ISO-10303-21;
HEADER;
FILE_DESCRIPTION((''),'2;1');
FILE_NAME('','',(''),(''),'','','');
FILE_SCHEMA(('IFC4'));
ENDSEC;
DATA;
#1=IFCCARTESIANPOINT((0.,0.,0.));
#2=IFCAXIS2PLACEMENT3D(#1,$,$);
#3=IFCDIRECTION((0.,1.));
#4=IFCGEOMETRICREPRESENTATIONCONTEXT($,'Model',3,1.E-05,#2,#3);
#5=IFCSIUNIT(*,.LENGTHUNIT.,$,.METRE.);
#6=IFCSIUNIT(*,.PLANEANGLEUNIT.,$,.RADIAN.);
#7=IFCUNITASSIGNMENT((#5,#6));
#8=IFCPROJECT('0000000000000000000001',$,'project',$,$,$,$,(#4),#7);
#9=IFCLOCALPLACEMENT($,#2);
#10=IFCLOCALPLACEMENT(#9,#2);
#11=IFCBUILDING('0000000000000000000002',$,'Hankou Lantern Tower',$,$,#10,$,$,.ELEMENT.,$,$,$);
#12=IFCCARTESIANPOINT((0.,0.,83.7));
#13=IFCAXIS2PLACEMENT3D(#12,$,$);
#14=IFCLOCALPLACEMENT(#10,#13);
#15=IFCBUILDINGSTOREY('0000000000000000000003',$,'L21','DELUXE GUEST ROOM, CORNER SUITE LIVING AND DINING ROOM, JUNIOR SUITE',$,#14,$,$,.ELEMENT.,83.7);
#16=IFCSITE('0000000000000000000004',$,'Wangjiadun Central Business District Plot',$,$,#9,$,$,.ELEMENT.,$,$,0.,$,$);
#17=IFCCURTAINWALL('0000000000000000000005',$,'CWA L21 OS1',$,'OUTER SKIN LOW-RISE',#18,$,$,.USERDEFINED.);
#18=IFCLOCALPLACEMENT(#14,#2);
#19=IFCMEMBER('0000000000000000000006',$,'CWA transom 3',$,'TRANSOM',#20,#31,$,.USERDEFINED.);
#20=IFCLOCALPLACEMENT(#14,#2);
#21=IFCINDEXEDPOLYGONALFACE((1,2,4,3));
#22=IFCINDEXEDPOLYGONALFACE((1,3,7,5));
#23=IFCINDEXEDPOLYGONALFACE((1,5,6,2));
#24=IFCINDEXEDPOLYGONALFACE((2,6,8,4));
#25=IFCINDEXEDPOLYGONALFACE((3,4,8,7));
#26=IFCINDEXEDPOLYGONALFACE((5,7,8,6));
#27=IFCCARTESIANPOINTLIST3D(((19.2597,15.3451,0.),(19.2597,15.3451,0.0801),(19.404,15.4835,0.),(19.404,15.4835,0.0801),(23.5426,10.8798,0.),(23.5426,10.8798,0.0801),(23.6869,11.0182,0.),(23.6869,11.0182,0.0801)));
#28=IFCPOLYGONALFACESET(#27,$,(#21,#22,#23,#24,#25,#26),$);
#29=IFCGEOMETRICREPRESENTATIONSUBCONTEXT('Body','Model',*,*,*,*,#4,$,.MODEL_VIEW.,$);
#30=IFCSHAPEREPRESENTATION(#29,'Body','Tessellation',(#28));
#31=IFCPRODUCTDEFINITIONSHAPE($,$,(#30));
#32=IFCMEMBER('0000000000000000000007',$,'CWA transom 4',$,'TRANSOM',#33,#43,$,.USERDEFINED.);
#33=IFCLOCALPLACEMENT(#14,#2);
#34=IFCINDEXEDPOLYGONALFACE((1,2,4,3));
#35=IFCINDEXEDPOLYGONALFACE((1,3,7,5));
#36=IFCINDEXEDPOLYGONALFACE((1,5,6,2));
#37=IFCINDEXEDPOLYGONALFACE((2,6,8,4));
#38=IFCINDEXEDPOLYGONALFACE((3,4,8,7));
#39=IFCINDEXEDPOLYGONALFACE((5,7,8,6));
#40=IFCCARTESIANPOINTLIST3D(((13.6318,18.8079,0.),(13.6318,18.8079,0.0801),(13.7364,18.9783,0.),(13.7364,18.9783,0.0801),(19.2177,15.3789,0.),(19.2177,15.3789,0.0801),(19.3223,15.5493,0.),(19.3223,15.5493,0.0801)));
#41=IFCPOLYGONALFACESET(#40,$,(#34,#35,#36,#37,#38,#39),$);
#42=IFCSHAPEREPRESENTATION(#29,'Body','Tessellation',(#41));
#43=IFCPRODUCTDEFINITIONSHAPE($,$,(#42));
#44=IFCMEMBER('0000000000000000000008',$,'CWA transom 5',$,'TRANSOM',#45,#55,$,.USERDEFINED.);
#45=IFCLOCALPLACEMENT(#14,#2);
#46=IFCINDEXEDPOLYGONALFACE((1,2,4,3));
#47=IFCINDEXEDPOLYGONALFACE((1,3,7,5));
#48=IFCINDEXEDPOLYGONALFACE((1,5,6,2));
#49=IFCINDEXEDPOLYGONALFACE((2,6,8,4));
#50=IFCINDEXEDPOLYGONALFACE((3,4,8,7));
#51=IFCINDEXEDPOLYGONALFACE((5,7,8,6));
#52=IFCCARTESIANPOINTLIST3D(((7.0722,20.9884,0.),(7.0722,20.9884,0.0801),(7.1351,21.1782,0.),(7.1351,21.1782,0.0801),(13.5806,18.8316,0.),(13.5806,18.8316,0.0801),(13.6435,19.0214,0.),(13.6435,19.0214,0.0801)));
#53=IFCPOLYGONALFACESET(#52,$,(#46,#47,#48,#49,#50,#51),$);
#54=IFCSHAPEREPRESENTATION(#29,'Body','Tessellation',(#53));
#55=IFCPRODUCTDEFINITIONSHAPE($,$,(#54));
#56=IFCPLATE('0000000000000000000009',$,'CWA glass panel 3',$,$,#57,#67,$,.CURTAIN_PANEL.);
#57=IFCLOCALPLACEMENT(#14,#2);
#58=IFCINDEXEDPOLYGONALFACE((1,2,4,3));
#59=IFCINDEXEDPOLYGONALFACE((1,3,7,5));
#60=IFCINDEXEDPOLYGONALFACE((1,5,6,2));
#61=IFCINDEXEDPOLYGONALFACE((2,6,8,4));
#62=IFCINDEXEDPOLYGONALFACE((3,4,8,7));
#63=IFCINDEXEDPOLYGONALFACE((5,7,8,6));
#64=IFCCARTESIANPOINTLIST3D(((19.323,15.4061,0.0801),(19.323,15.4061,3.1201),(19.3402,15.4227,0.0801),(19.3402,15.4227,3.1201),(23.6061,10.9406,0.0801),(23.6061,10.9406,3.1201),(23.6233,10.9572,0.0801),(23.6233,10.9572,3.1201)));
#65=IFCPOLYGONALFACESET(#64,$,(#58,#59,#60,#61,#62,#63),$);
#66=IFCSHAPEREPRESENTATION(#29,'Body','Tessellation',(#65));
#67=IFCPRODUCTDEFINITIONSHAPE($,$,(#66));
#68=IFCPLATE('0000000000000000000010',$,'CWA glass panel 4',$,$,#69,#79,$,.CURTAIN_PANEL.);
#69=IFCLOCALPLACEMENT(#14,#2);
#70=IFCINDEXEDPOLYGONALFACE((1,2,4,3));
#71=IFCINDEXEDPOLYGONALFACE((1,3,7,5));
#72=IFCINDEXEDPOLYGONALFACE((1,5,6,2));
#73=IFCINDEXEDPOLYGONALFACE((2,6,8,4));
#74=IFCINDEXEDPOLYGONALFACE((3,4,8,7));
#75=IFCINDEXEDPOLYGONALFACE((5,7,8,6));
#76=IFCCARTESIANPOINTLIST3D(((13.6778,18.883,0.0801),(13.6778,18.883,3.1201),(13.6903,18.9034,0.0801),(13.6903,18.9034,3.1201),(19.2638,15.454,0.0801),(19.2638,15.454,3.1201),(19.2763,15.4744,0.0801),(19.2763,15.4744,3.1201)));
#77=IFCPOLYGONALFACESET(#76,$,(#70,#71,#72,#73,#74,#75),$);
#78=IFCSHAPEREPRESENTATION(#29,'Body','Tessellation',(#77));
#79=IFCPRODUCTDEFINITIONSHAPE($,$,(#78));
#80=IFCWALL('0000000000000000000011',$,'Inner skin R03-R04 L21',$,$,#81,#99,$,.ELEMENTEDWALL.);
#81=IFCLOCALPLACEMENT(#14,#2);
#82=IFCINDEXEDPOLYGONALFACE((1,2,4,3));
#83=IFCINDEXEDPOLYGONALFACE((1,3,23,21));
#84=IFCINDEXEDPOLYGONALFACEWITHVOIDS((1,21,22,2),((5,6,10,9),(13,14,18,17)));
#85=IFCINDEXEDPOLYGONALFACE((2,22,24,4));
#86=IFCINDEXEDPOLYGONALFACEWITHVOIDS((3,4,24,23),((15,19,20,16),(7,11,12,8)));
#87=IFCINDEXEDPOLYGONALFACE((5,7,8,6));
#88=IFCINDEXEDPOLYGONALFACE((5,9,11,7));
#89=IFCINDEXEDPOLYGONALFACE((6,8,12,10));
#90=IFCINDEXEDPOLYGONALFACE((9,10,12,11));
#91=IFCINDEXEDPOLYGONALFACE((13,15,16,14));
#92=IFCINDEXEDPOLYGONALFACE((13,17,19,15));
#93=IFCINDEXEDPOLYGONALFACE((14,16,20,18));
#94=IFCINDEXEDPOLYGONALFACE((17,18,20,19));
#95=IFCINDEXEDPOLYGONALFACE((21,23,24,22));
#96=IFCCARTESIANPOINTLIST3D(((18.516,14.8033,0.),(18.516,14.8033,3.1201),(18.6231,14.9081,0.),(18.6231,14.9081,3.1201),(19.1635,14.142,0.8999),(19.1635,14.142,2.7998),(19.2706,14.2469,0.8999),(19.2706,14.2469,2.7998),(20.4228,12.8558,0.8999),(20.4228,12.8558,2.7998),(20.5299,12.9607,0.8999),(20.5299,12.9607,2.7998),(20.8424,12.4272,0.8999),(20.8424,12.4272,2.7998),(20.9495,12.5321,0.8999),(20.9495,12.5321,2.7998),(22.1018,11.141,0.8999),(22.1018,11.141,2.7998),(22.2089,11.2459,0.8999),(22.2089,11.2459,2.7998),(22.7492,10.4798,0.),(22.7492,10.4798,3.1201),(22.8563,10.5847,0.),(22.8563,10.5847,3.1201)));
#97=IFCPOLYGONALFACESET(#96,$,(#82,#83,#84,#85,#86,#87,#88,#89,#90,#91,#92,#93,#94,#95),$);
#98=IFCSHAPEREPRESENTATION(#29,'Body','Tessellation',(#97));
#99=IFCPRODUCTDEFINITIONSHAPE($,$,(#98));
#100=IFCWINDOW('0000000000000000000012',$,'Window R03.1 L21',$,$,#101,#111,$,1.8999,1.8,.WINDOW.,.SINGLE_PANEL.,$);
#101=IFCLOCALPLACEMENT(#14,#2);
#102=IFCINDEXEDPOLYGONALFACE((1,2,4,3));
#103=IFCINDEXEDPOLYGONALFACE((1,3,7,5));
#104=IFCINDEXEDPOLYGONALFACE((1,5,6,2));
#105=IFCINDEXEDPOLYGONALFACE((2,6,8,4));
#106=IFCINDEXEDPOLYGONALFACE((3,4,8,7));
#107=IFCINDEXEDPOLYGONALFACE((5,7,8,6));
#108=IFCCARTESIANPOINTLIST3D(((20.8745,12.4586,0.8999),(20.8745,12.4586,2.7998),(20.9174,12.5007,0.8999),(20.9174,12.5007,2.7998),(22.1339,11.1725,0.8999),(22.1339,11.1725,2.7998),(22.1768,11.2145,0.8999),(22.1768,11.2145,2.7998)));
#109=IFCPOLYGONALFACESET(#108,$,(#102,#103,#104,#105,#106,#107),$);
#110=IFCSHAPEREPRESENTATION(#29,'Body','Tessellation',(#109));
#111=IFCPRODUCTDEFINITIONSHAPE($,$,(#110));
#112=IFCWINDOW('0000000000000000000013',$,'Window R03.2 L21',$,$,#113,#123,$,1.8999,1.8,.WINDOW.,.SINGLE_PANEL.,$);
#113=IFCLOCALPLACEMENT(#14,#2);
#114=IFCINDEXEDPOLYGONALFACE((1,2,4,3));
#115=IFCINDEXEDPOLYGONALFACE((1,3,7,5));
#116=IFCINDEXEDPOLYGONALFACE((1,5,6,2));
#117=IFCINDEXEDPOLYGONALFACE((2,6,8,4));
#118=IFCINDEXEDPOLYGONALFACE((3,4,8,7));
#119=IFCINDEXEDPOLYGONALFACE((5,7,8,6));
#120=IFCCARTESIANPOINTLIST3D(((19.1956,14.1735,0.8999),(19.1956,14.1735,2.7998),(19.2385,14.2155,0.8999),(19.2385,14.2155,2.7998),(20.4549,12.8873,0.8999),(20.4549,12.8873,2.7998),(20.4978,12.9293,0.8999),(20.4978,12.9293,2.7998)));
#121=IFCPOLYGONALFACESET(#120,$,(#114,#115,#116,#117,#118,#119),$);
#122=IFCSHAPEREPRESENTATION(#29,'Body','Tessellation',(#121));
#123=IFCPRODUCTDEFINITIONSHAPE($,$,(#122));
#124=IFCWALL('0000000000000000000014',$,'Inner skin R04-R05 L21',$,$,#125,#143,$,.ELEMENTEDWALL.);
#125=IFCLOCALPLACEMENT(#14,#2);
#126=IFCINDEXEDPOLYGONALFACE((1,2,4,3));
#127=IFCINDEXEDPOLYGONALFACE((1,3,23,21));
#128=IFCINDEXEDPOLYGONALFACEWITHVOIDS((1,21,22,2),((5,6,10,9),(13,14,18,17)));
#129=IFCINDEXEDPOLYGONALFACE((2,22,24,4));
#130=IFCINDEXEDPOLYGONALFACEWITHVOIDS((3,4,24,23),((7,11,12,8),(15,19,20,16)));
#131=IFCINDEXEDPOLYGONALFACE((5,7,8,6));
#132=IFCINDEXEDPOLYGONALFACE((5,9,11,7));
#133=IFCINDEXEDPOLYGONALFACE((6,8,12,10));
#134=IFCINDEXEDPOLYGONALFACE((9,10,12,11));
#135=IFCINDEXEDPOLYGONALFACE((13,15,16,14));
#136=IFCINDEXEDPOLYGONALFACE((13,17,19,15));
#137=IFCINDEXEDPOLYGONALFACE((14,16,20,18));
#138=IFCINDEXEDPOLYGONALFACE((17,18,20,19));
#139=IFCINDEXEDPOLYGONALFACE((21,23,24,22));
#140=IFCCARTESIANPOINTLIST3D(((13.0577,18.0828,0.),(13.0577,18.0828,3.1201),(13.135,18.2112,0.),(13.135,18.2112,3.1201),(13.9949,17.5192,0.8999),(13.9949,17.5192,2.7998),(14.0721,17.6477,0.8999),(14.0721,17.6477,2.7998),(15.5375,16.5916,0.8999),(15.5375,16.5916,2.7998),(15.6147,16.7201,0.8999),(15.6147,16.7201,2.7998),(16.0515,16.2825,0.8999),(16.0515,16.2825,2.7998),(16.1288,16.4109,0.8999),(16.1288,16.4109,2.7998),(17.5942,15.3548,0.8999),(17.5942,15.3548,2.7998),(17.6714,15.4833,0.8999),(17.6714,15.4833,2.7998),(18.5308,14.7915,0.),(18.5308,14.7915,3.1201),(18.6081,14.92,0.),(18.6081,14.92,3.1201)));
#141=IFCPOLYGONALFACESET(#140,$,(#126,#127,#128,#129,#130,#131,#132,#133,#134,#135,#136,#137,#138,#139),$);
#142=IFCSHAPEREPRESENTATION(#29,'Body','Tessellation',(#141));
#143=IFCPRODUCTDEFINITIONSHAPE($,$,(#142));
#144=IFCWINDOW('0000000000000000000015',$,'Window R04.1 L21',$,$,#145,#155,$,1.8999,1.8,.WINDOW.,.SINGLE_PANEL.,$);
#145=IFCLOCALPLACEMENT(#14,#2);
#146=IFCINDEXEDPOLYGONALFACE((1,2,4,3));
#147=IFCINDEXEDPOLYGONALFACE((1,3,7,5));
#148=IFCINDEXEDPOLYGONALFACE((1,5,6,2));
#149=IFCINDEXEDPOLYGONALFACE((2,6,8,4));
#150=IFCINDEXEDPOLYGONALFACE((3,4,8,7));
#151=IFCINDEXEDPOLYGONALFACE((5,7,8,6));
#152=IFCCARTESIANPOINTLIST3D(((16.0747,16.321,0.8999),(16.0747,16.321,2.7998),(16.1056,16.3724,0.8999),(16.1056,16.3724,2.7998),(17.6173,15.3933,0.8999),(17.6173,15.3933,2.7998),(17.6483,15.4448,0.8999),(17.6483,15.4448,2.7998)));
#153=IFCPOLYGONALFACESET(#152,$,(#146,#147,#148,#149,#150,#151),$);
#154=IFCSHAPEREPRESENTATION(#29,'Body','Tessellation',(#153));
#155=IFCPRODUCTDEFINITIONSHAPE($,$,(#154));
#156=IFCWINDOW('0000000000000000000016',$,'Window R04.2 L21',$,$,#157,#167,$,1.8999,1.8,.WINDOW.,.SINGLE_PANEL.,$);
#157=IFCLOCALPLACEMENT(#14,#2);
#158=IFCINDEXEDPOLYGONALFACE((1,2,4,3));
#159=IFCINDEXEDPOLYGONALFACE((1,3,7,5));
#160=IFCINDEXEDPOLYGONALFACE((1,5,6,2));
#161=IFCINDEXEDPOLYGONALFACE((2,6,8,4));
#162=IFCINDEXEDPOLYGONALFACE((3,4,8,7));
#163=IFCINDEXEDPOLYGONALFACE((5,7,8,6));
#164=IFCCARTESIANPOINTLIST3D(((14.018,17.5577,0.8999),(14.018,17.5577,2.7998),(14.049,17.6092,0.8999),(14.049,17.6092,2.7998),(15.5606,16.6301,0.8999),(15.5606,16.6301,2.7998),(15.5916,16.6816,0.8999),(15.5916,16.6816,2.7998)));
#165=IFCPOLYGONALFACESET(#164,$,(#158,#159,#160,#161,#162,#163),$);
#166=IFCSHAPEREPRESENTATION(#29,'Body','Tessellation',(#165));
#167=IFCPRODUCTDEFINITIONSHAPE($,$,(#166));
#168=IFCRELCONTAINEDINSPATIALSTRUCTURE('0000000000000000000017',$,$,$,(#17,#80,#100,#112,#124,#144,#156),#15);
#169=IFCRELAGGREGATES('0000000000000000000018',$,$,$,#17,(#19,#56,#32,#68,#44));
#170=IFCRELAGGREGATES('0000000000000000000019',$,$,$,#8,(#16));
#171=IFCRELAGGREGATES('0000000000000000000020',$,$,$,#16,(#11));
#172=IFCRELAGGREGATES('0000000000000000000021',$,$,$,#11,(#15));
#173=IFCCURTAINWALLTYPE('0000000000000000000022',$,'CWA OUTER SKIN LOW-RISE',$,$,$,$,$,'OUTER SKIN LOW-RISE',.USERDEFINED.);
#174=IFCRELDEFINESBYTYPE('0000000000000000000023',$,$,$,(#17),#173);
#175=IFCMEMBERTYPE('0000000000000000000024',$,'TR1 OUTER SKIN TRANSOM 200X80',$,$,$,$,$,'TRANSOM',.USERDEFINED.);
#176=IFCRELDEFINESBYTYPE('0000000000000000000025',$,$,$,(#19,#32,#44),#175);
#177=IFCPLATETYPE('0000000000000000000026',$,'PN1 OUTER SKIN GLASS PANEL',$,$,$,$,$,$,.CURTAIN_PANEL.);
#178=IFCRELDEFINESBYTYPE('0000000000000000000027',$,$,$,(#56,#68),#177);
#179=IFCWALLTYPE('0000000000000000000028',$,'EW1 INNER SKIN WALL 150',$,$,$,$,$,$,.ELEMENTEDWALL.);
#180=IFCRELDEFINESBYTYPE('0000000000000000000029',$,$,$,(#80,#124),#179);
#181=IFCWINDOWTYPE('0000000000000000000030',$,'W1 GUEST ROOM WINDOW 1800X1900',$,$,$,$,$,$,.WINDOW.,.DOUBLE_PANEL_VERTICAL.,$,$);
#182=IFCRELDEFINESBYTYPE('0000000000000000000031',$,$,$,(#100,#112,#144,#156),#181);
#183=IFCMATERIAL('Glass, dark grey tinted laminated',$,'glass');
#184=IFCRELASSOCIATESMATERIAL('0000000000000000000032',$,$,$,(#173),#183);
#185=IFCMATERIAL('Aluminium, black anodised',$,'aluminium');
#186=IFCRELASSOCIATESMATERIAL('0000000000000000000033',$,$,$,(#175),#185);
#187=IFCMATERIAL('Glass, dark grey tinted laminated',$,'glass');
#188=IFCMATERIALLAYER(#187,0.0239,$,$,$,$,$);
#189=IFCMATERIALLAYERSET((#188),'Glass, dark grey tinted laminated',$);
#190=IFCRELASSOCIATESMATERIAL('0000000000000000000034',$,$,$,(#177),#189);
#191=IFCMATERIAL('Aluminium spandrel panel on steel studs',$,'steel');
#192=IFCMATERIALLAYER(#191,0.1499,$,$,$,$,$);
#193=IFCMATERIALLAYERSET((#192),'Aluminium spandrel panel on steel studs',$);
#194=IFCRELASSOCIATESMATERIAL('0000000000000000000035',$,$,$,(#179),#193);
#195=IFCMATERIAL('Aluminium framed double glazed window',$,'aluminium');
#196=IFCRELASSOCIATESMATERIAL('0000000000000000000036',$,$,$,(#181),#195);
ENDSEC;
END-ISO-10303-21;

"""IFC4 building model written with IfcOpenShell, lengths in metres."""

from ifc_helpers import new_model, si_unit, direction, frame, frame_2d, origin, origin_2d, place, context, subcontext, project, spatial, rectangle, extrude, material, layer, layer_set, material_profile, profile_set, type_object, element, fill, aggregate, save


model = new_model("IFC4")

# Units and contexts
model_context = context("Model", 3, precision=1e-05, world=origin(), true_north=direction((0.0, 1.0)))
body_context = subcontext(model_context, "Body", "Model", "MODEL_VIEW")
ifc_project = project(units=[si_unit("LENGTHUNIT", "METRE"), si_unit("PLANEANGLEUNIT", "RADIAN")], contexts=[model_context])

# Site, building, storey
site_placement = place(None, origin())
site = spatial("IfcSite", under=ifc_project, at=site_placement, Name="Wangjiadun Central Business District Plot", CompositionType="ELEMENT", RefElevation=0.0)
building_placement = place(site_placement, origin())
building = spatial("IfcBuilding", under=site, at=building_placement, Name="Hankou Lantern Tower", CompositionType="ELEMENT")
storey_placement = place(building_placement, frame((0.0, 0.0, 83.7)))
storey = spatial("IfcBuildingStorey", under=building, at=storey_placement, Name="L21", Description="DELUXE GUEST ROOM, CORNER SUITE LIVING AND DINING ROOM, JUNIOR SUITE", CompositionType="ELEMENT", Elevation=83.7)

# Curtain wall
ifc_material_1 = material(Name="Glass, dark grey tinted laminated", Category="glass")
curtain_wall_type = type_object("IfcCurtainWallType", Name="CWA OUTER SKIN LOW-RISE", ElementType="OUTER SKIN LOW-RISE", PredefinedType="USERDEFINED", material=ifc_material_1)
curtain_wall_placement = place(storey_placement, origin())
curtain_wall = element("IfcCurtainWall", 1, at=curtain_wall_placement, inside=storey, type_object=curtain_wall_type, Name="CWA L21 OS1", ObjectType="OUTER SKIN LOW-RISE", PredefinedType="USERDEFINED")

# Members
ifc_material_2 = material(Name="Aluminium, black anodised", Category="aluminium")
ifc_material_profile_1 = material_profile(ifc_material_2, rectangle(XDim=0.2, YDim=0.0801, at=origin_2d()), Name="TR1 200X80")
ifc_profile_set_1 = profile_set([ifc_material_profile_1], Name="Aluminium, black anodised")
member_type_1 = type_object("IfcMemberType", Name="TR1 OUTER SKIN TRANSOM 200X80", ElementType="TRANSOM", PredefinedType="USERDEFINED", material=ifc_profile_set_1)
member_1_placement = place(storey_placement, frame((23.6147, 10.949, 0.04), z_axis=(-0.692216, 0.721691, 0.0), x_axis=(-0.721691, -0.692216, 0.0)))
member_1 = element("IfcMember", 2, at=member_1_placement, type_object=member_type_1, Name="CWA transom 3", ObjectType="TRANSOM", PredefinedType="USERDEFINED", context=body_context, shape_type="SweptSolid", body=[
    extrude(rectangle(XDim=0.2, YDim=0.0801, at=origin_2d()), origin(), (0.0, 0.0, 1.0), 6.1873),
])
member_2_placement = place(storey_placement, frame((19.27, 15.4641, 0.04), z_axis=(-0.85224, 0.523152, 0.0), x_axis=(-0.523152, -0.85224, 0.0)))
member_2 = element("IfcMember", 3, at=member_2_placement, type_object=member_type_1, Name="CWA transom 4", ObjectType="TRANSOM", PredefinedType="USERDEFINED", context=body_context, shape_type="SweptSolid", body=[
    extrude(rectangle(XDim=0.2, YDim=0.0801, at=origin_2d()), origin(), (0.0, 0.0, 1.0), 6.5544),
])
member_3_placement = place(storey_placement, frame((13.6121, 18.9265, 0.04), z_axis=(-0.949237, 0.314561, 0.0), x_axis=(-0.314561, -0.949237, 0.0)))
member_3 = element("IfcMember", 4, at=member_3_placement, type_object=member_type_1, Name="CWA transom 5", ObjectType="TRANSOM", PredefinedType="USERDEFINED", context=body_context, shape_type="SweptSolid", body=[
    extrude(rectangle(XDim=0.2, YDim=0.0801, at=origin_2d()), origin(), (0.0, 0.0, 1.0), 6.8564),
])

# Plates
ifc_material_3 = material(Name="Glass, dark grey tinted laminated", Category="glass")
ifc_layer_1 = layer(ifc_material_3, 0.0239)
ifc_layer_set_1 = layer_set([ifc_layer_1], Name="Glass, dark grey tinted laminated")
plate_type = type_object("IfcPlateType", Name="PN1 OUTER SKIN GLASS PANEL", PredefinedType="CURTAIN_PANEL", material=ifc_layer_set_1)
plate_1_placement = place(storey_placement, frame((21.4731, 13.1816, 0.0801), z_axis=(0.0, 0.0, 1.0), x_axis=(-0.692216, 0.721691, 0.0)))
plate_1 = element("IfcPlate", 5, at=plate_1_placement, type_object=plate_type, Name="CWA glass panel 3", PredefinedType="CURTAIN_PANEL", context=body_context, shape_type="SweptSolid", body=[
    extrude(rectangle(XDim=6.1875, YDim=0.0239, at=origin_2d()), origin(), (0.0, 0.0, 1.0), 3.04),
])
plate_2_placement = place(storey_placement, frame((16.4771, 17.1787, 0.0801), z_axis=(0.0, 0.0, 1.0), x_axis=(-0.852237, 0.523156, 0.0)))
plate_2 = element("IfcPlate", 6, at=plate_2_placement, type_object=plate_type, Name="CWA glass panel 4", PredefinedType="CURTAIN_PANEL", context=body_context, shape_type="SweptSolid", body=[
    extrude(rectangle(XDim=6.5544, YDim=0.0239, at=origin_2d()), origin(), (0.0, 0.0, 1.0), 3.04),
])
aggregate(curtain_wall, [member_1, plate_1, member_2, plate_2, member_3])

# Walls, openings, windows
ifc_material_4 = material(Name="Aluminium spandrel panel on steel studs", Category="steel")
ifc_layer_2 = layer(ifc_material_4, 0.1499)
ifc_layer_set_2 = layer_set([ifc_layer_2], Name="Aluminium spandrel panel on steel studs")
wall_type_1 = type_object("IfcWallType", Name="EW1 INNER SKIN WALL 150", PredefinedType="ELEMENTEDWALL", material=ifc_layer_set_2)
wall_1_placement = place(storey_placement, frame((22.8027, 10.5322, 0.0), z_axis=(0.0, 0.0, 1.0), x_axis=(-0.699603, 0.714532, 0.0)))
wall_1 = element("IfcWall", 7, at=wall_1_placement, inside=storey, type_object=wall_type_1, Name="Inner skin R03-R04 L21", PredefinedType="ELEMENTEDWALL", context=body_context, shape_type="SweptSolid", body=[
    extrude(rectangle(XDim=6.0508, YDim=0.1499, at=frame_2d((3.0254, 0.0))), origin(), (0.0, 0.0, 1.0), 3.1201),
])
opening_1_placement = place(wall_1_placement, frame((0.9255, 0.0, 0.8999)))
opening_1 = element("IfcOpeningElement", 8, at=opening_1_placement, cuts=wall_1, PredefinedType="OPENING", context=body_context, shape_type="SweptSolid", body=[
    extrude(rectangle(XDim=1.8, YDim=1.8999, at=frame_2d((0.8999, 0.95))), frame((0.0, 0.085, 0.0), z_axis=(0.0, -1.0, 0.0), x_axis=(1.0, 0.0, 0.0)), (0.0, 0.0, 1.0), 0.1699),
])
opening_2_placement = place(wall_1_placement, frame((3.3254, 0.0, 0.8999)))
opening_2 = element("IfcOpeningElement", 9, at=opening_2_placement, cuts=wall_1, PredefinedType="OPENING", context=body_context, shape_type="SweptSolid", body=[
    extrude(rectangle(XDim=1.8, YDim=1.8999, at=frame_2d((0.8999, 0.95))), frame((0.0, 0.085, 0.0), z_axis=(0.0, -1.0, 0.0), x_axis=(1.0, 0.0, 0.0)), (0.0, 0.0, 1.0), 0.1699),
])
ifc_material_5 = material(Name="Aluminium framed double glazed window", Category="aluminium")
window_type = type_object("IfcWindowType", Name="W1 GUEST ROOM WINDOW 1800X1900", PartitioningType="DOUBLE_PANEL_VERTICAL", PredefinedType="WINDOW", material=ifc_material_5)
window_1_placement = place(opening_1_placement, origin())
window_1 = element("IfcWindow", 10, at=window_1_placement, inside=storey, type_object=window_type, Name="Window R03.1 L21", OverallHeight=1.8999, OverallWidth=1.8, PartitioningType="SINGLE_PANEL", PredefinedType="WINDOW", context=body_context, shape_type="SweptSolid", body=[
    extrude(rectangle(XDim=1.8, YDim=1.8999, at=frame_2d((0.8999, 0.95))), frame((0.0, 0.03, 0.0), z_axis=(0.0, -1.0, 0.0), x_axis=(1.0, 0.0, 0.0)), (0.0, 0.0, 1.0), 0.0601),
])
fill(opening_1, window_1)
window_2_placement = place(opening_2_placement, origin())
window_2 = element("IfcWindow", 11, at=window_2_placement, inside=storey, type_object=window_type, Name="Window R03.2 L21", OverallHeight=1.8999, OverallWidth=1.8, PartitioningType="SINGLE_PANEL", PredefinedType="WINDOW", context=body_context, shape_type="SweptSolid", body=[
    extrude(rectangle(XDim=1.8, YDim=1.8999, at=frame_2d((0.8999, 0.95))), frame((0.0, 0.03, 0.0), z_axis=(0.0, -1.0, 0.0), x_axis=(1.0, 0.0, 0.0)), (0.0, 0.0, 1.0), 0.0601),
])
fill(opening_2, window_2)
wall_2_placement = place(storey_placement, frame((18.5696, 14.8557, 0.0), z_axis=(0.0, 0.0, 1.0), x_axis=(-0.856983, 0.515344, 0.0)))
wall_2 = element("IfcWall", 12, at=wall_2_placement, inside=storey, type_object=wall_type_1, Name="Inner skin R04-R05 L21", PredefinedType="ELEMENTEDWALL", context=body_context, shape_type="SweptSolid", body=[
    extrude(rectangle(XDim=6.3865, YDim=0.1499, at=frame_2d((3.1934, 0.0))), origin(), (0.0, 0.0, 1.0), 3.1201),
])
opening_3_placement = place(wall_2_placement, frame((1.0933, 0.0, 0.8999)))
opening_3 = element("IfcOpeningElement", 13, at=opening_3_placement, cuts=wall_2, PredefinedType="OPENING", context=body_context, shape_type="SweptSolid", body=[
    extrude(rectangle(XDim=1.8, YDim=1.8999, at=frame_2d((0.8999, 0.95))), frame((0.0, 0.085, 0.0), z_axis=(0.0, -1.0, 0.0), x_axis=(1.0, 0.0, 0.0)), (0.0, 0.0, 1.0), 0.1699),
])
opening_4_placement = place(wall_2_placement, frame((3.4932, 0.0, 0.8999)))
opening_4 = element("IfcOpeningElement", 14, at=opening_4_placement, cuts=wall_2, PredefinedType="OPENING", context=body_context, shape_type="SweptSolid", body=[
    extrude(rectangle(XDim=1.8, YDim=1.8999, at=frame_2d((0.8999, 0.95))), frame((0.0, 0.085, 0.0), z_axis=(0.0, -1.0, 0.0), x_axis=(1.0, 0.0, 0.0)), (0.0, 0.0, 1.0), 0.1699),
])
window_3_placement = place(opening_3_placement, origin())
window_3 = element("IfcWindow", 15, at=window_3_placement, inside=storey, type_object=window_type, Name="Window R04.1 L21", OverallHeight=1.8999, OverallWidth=1.8, PartitioningType="SINGLE_PANEL", PredefinedType="WINDOW", context=body_context, shape_type="SweptSolid", body=[
    extrude(rectangle(XDim=1.8, YDim=1.8999, at=frame_2d((0.8999, 0.95))), frame((0.0, 0.03, 0.0), z_axis=(0.0, -1.0, 0.0), x_axis=(1.0, 0.0, 0.0)), (0.0, 0.0, 1.0), 0.0601),
])
fill(opening_3, window_3)
window_4_placement = place(opening_4_placement, origin())
window_4 = element("IfcWindow", 16, at=window_4_placement, inside=storey, type_object=window_type, Name="Window R04.2 L21", OverallHeight=1.8999, OverallWidth=1.8, PartitioningType="SINGLE_PANEL", PredefinedType="WINDOW", context=body_context, shape_type="SweptSolid", body=[
    extrude(rectangle(XDim=1.8, YDim=1.8999, at=frame_2d((0.8999, 0.95))), frame((0.0, 0.03, 0.0), z_axis=(0.0, -1.0, 0.0), x_axis=(1.0, 0.0, 0.0)), (0.0, 0.0, 1.0), 0.0601),
])
fill(opening_4, window_4)

save(model, "model.ifc")
